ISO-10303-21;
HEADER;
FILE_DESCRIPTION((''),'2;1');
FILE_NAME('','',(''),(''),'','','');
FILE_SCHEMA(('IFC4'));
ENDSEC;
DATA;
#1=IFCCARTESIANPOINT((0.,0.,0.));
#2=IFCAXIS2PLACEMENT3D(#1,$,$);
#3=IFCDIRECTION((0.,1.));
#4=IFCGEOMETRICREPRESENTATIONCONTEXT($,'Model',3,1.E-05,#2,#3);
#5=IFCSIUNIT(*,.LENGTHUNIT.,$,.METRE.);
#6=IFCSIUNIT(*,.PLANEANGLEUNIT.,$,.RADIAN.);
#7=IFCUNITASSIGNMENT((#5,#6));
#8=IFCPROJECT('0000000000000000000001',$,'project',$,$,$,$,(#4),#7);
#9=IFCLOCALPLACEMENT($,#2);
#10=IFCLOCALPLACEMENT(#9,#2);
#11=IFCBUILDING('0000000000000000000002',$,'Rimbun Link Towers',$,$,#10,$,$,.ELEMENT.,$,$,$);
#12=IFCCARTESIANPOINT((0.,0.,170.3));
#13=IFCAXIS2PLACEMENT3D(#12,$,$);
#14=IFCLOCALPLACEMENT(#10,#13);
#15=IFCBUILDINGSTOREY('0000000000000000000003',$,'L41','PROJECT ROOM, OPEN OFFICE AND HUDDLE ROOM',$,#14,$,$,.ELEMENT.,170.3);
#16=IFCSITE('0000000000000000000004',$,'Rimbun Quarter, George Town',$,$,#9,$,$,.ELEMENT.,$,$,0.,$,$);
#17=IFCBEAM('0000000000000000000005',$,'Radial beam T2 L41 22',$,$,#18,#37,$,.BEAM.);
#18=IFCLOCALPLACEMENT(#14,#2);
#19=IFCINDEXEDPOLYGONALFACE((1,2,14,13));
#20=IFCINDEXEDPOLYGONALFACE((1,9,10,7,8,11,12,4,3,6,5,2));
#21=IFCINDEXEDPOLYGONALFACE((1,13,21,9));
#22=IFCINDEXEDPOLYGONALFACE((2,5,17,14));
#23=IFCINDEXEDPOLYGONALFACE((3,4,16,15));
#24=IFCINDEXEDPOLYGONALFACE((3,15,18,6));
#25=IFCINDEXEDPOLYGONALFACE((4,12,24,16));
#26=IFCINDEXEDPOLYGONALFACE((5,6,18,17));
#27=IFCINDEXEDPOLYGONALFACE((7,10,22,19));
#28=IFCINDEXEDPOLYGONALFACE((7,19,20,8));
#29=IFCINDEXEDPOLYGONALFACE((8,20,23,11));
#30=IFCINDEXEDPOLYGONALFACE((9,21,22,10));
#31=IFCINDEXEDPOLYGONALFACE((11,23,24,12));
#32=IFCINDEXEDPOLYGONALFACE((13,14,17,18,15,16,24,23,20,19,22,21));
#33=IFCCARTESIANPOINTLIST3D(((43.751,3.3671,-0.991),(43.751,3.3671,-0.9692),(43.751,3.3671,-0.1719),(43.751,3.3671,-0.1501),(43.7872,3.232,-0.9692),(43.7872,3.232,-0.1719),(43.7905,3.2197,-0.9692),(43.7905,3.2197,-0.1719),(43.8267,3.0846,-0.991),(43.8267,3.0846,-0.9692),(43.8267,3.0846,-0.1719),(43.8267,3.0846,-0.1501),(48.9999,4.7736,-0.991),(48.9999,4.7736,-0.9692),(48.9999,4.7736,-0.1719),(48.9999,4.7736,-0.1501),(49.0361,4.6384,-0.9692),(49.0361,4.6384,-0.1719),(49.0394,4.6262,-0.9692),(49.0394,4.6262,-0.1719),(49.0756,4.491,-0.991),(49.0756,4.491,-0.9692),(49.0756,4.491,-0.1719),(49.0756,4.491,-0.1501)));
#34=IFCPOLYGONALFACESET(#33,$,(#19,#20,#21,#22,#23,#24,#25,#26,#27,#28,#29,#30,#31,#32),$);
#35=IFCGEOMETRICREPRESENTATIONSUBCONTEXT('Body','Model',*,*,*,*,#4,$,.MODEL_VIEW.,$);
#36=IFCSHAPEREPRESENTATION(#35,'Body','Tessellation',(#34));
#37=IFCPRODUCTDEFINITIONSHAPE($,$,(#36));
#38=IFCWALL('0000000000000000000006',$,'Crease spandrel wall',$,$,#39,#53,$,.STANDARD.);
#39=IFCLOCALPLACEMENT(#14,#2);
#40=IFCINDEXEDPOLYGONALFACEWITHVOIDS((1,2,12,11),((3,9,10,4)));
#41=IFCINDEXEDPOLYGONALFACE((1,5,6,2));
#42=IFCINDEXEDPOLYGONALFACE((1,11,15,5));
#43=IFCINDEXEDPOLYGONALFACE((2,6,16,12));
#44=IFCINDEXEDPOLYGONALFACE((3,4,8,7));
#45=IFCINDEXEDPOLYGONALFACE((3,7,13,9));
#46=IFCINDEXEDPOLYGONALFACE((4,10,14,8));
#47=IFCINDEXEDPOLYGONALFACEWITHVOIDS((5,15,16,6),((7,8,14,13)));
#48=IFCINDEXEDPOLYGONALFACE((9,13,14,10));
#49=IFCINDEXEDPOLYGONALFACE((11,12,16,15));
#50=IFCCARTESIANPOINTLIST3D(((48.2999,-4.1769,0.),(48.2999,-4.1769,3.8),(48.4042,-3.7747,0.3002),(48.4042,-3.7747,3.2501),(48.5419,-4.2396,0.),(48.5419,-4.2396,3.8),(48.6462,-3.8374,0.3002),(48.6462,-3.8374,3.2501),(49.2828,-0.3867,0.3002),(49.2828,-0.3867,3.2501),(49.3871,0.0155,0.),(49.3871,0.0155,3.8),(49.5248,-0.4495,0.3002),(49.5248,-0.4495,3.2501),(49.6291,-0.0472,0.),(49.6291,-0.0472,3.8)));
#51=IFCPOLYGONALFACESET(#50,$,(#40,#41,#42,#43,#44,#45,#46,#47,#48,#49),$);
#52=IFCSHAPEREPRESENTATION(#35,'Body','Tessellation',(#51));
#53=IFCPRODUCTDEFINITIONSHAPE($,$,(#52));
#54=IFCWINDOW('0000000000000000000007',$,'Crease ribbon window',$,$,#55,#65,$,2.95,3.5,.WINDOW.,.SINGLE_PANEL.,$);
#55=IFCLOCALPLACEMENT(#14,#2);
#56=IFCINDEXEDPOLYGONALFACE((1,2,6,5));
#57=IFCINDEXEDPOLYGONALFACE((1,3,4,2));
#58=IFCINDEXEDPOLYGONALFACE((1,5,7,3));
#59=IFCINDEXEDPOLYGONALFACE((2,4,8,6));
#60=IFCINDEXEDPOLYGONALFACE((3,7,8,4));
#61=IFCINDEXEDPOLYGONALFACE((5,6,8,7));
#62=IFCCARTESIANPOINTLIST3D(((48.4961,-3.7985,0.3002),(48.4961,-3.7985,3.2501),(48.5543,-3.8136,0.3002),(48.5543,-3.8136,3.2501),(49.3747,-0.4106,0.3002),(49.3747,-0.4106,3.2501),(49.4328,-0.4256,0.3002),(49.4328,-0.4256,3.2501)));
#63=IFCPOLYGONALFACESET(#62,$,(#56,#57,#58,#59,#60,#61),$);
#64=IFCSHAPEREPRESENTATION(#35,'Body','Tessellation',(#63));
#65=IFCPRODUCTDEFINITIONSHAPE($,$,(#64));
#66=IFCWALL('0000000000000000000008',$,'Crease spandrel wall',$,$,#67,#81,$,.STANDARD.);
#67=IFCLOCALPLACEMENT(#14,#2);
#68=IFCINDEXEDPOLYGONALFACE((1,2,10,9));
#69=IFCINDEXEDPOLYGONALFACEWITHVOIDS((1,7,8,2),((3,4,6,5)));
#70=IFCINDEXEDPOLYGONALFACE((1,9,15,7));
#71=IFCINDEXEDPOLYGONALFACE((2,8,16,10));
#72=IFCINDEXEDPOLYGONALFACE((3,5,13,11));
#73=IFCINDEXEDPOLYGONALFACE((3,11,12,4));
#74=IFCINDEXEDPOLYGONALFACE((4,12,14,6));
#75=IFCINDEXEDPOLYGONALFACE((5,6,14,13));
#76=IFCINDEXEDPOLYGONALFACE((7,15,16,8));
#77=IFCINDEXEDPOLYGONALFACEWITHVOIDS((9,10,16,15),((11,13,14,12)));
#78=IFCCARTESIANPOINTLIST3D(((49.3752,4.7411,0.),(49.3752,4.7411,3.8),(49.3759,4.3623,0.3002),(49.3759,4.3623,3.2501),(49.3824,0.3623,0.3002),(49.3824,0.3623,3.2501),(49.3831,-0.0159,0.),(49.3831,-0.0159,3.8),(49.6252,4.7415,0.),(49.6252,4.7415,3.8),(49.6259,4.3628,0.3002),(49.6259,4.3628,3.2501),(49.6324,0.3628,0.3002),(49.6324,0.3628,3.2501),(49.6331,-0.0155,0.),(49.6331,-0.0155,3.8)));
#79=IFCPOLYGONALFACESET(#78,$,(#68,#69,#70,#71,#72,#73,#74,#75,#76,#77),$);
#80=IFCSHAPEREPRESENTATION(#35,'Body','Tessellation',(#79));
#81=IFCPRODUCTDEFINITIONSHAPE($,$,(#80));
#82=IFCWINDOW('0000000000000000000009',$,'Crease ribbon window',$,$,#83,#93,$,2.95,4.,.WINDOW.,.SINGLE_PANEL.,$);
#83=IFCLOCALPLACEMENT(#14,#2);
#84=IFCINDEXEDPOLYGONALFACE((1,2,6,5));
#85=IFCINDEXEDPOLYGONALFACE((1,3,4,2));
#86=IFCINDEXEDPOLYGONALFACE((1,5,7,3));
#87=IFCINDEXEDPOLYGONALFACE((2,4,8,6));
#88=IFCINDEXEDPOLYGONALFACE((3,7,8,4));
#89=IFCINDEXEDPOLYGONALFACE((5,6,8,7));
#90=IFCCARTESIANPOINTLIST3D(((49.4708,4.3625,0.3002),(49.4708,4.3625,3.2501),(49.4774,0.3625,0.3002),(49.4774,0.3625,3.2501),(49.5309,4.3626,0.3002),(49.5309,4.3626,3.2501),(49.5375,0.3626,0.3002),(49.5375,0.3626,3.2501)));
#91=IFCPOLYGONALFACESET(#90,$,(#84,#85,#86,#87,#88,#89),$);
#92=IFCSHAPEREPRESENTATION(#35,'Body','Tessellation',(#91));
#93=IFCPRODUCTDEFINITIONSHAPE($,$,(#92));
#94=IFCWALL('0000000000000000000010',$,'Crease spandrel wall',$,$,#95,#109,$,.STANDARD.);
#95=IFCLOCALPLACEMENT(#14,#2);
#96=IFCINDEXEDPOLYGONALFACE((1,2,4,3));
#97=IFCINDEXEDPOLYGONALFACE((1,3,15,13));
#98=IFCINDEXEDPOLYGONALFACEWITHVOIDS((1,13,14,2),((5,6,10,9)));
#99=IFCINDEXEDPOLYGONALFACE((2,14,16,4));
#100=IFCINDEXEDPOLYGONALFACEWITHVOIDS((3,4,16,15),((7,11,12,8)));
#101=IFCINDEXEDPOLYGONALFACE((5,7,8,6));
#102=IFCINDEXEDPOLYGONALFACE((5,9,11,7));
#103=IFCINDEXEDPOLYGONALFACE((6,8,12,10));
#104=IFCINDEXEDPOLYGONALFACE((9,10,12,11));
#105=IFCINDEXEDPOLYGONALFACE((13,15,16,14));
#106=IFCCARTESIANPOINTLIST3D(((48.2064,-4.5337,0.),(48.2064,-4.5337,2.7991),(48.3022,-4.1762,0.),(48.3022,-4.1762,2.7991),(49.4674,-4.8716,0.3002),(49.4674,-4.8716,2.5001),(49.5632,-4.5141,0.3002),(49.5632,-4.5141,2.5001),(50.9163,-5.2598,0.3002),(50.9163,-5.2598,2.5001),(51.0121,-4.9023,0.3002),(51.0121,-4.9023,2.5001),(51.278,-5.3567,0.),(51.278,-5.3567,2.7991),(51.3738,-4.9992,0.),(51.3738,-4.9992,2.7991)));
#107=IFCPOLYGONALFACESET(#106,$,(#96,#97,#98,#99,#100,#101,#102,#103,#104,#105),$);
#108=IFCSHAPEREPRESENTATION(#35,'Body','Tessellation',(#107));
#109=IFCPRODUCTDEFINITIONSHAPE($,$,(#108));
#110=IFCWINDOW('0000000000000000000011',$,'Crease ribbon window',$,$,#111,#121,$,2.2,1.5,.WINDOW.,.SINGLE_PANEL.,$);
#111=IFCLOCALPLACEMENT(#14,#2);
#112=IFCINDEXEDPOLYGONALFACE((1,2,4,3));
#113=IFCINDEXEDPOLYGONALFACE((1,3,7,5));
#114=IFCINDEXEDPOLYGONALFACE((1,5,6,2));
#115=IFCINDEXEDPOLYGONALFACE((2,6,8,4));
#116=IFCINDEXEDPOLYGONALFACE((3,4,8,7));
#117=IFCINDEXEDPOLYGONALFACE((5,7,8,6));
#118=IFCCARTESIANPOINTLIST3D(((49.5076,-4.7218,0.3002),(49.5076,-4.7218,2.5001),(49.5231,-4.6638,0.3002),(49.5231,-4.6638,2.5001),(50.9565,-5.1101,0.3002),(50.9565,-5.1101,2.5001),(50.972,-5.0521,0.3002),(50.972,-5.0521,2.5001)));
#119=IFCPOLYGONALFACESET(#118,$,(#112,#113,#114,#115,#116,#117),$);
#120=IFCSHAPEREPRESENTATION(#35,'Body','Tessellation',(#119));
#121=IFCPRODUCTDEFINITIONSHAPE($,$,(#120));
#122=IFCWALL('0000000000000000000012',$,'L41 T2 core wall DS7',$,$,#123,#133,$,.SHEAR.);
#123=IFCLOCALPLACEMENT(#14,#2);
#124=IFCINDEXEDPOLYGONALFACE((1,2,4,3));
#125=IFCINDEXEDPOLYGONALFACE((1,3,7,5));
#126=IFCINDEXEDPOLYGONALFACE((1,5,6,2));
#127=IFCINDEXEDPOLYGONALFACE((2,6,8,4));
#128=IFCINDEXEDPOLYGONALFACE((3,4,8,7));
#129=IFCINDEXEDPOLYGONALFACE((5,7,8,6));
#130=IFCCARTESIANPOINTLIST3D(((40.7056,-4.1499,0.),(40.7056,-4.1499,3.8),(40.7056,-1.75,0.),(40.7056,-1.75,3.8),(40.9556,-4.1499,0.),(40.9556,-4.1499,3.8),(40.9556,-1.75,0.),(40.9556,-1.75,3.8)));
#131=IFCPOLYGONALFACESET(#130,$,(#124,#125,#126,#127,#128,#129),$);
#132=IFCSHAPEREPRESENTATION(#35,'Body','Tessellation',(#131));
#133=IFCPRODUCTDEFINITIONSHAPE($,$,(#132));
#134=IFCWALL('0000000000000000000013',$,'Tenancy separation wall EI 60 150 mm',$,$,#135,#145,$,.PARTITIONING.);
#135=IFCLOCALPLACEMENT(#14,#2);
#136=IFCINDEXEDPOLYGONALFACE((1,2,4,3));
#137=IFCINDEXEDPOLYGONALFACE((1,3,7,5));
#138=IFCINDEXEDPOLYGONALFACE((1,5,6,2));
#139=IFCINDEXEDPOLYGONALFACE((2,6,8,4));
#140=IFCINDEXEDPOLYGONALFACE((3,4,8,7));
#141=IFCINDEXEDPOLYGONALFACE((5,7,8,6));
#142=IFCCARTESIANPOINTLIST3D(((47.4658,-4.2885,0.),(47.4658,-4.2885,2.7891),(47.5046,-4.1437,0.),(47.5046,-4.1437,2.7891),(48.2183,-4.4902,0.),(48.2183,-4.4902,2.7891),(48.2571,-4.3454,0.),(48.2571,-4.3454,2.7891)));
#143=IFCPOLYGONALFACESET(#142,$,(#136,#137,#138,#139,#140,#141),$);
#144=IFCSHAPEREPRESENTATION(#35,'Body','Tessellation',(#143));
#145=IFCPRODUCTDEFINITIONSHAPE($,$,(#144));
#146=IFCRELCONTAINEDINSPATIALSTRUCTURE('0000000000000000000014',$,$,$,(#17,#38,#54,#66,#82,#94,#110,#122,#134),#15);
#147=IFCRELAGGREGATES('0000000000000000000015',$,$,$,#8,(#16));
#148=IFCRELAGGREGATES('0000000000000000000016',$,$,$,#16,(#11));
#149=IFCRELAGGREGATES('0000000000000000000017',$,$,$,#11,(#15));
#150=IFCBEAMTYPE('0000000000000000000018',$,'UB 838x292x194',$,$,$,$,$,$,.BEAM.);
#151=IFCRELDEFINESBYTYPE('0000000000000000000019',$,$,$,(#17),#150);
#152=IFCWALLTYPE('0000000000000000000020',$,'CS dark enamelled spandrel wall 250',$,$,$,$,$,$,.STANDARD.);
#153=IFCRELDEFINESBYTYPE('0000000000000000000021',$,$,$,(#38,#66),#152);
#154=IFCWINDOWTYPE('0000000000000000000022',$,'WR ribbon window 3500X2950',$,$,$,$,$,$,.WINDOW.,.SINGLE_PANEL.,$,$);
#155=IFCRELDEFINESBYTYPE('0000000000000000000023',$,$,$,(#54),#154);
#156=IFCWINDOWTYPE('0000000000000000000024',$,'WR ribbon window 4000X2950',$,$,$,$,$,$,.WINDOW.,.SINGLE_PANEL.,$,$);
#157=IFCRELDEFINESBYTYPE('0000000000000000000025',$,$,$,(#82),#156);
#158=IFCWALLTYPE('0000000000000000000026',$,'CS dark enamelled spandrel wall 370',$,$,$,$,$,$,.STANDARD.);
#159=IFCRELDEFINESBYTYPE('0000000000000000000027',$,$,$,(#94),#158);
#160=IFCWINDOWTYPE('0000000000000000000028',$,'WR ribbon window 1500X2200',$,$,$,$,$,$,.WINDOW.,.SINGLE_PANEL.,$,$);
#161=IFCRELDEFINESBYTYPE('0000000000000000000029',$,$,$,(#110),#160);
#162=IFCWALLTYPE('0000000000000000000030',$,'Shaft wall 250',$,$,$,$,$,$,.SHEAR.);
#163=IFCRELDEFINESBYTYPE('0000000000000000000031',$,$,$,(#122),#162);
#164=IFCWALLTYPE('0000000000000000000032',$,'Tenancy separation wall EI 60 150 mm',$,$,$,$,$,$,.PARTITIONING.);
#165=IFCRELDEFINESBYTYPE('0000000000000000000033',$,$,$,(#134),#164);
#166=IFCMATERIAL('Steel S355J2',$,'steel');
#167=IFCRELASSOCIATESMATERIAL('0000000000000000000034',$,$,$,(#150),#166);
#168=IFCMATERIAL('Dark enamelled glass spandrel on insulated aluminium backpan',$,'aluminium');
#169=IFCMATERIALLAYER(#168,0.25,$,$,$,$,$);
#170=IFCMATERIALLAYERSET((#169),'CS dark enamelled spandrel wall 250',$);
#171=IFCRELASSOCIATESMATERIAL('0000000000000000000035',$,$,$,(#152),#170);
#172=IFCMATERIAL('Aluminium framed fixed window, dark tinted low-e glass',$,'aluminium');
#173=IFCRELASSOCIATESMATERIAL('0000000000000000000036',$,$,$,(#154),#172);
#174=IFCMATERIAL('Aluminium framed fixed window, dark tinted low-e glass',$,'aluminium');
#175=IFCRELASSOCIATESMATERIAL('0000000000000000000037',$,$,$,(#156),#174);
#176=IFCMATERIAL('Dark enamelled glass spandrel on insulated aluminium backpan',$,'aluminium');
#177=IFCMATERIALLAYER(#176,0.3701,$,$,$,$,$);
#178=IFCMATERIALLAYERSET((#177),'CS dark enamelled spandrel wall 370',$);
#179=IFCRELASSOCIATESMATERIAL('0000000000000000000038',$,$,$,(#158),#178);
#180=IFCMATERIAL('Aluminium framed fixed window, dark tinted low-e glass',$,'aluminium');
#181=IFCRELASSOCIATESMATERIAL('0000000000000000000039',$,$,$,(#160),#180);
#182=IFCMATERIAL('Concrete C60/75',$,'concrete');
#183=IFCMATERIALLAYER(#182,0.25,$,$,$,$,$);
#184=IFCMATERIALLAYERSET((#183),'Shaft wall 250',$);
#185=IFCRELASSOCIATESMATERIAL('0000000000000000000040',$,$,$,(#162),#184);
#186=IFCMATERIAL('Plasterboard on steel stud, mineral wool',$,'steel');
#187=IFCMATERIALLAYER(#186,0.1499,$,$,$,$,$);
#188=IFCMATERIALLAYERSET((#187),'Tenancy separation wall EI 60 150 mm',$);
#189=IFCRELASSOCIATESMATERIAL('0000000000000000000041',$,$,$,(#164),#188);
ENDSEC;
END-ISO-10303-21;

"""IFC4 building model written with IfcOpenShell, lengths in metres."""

from ifc_helpers import new_model, si_unit, direction, frame, frame_2d, origin, origin_2d, place, context, subcontext, project, spatial, rectangle, i_section, extrude, material, layer, layer_set, material_profile, profile_set, type_object, element, fill, save


model = new_model("IFC4")

# Units and contexts
model_context = context("Model", 3, precision=1e-05, world=origin(), true_north=direction((0.0, 1.0)))
body_context = subcontext(model_context, "Body", "Model", "MODEL_VIEW")
ifc_project = project(units=[si_unit("LENGTHUNIT", "METRE"), si_unit("PLANEANGLEUNIT", "RADIAN")], contexts=[model_context])

# Site, building, storey
site_placement = place(None, origin())
site = spatial("IfcSite", under=ifc_project, at=site_placement, Name="Rimbun Quarter, George Town", CompositionType="ELEMENT", RefElevation=0.0)
building_placement = place(site_placement, origin())
building = spatial("IfcBuilding", under=site, at=building_placement, Name="Rimbun Link Towers", CompositionType="ELEMENT")
storey_placement = place(building_placement, frame((0.0, 0.0, 170.3)))
storey = spatial("IfcBuildingStorey", under=building, at=storey_placement, Name="L41", Description="PROJECT ROOM, OPEN OFFICE AND HUDDLE ROOM", CompositionType="ELEMENT", Elevation=170.3)

# Beam
ifc_material_1 = material(Name="Steel S355J2", Category="steel")
ifc_material_profile_1 = material_profile(ifc_material_1, i_section(OverallWidth=0.2925, OverallDepth=0.8408, WebThickness=0.0127, FlangeThickness=0.0217, at=origin_2d()), Name="UB 838x292x194")
ifc_profile_set_1 = profile_set([ifc_material_profile_1], Name="Steel S355J2")
beam_type_1 = type_object("IfcBeamType", Name="UB 838x292x194", PredefinedType="BEAM", material=ifc_profile_set_1)
beam_1_placement = place(storey_placement, frame((43.7888, 3.2258, -0.5706), z_axis=(0.965925, 0.258823, 0.0), x_axis=(-0.258823, 0.965925, 0.0)))
element("IfcBeam", 1, at=beam_1_placement, inside=storey, type_object=beam_type_1, Name="Radial beam T2 L41 22", PredefinedType="BEAM", context=body_context, shape_type="SweptSolid", body=[
    extrude(i_section(OverallWidth=0.2925, OverallDepth=0.8408, WebThickness=0.0127, FlangeThickness=0.0217, at=origin_2d()), origin(), (0.0, 0.0, 1.0), 5.4341),
])

# Walls, openings, windows
ifc_material_2 = material(Name="Dark enamelled glass spandrel on insulated aluminium backpan", Category="aluminium")
ifc_layer_1 = layer(ifc_material_2, 0.25)
ifc_layer_set_1 = layer_set([ifc_layer_1], Name="CS dark enamelled spandrel wall 250")
wall_type_1 = type_object("IfcWallType", Name="CS dark enamelled spandrel wall 250", PredefinedType="STANDARD", material=ifc_layer_set_1)
wall_1_placement = place(storey_placement, frame((49.5081, -0.0159, 0.0), z_axis=(0.0, 0.0, 1.0), x_axis=(-0.251015, -0.967983, 0.0)))
wall_1 = element("IfcWall", 2, at=wall_1_placement, inside=storey, type_object=wall_type_1, Name="Crease spandrel wall", PredefinedType="STANDARD", context=body_context, shape_type="SweptSolid", body=[
    extrude(rectangle(XDim=4.3311, YDim=0.25, at=frame_2d((2.1655, 0.0))), origin(), (0.0, 0.0, 1.0), 3.8),
])
opening_1_placement = place(wall_1_placement, frame((0.4155, 0.0, 0.3)))
opening_1 = element("IfcOpeningElement", 3, at=opening_1_placement, cuts=wall_1, PredefinedType="OPENING", context=body_context, shape_type="SweptSolid", body=[
    extrude(rectangle(XDim=3.5, YDim=2.95, at=frame_2d((1.75, 1.4751))), frame((0.0, 0.135, 0.0), z_axis=(0.0, -1.0, 0.0), x_axis=(1.0, 0.0, 0.0)), (0.0, 0.0, 1.0), 0.27),
])
ifc_material_3 = material(Name="Aluminium framed fixed window, dark tinted low-e glass", Category="aluminium")
window_type_1 = type_object("IfcWindowType", Name="WR ribbon window 3500X2950", PartitioningType="SINGLE_PANEL", PredefinedType="WINDOW", material=ifc_material_3)
window_1_placement = place(opening_1_placement, origin())
window_1 = element("IfcWindow", 4, at=window_1_placement, inside=storey, type_object=window_type_1, Name="Crease ribbon window", OverallHeight=2.95, OverallWidth=3.5, PartitioningType="SINGLE_PANEL", PredefinedType="WINDOW", context=body_context, shape_type="SweptSolid", body=[
    extrude(rectangle(XDim=3.5, YDim=2.95, at=frame_2d((1.75, 1.4751))), frame((0.0, 0.03, 0.0), z_axis=(0.0, -1.0, 0.0), x_axis=(1.0, 0.0, 0.0)), (0.0, 0.0, 1.0), 0.0601),
])
fill(opening_1, window_1)
wall_2_placement = place(storey_placement, frame((49.5002, 4.7412, 0.0), z_axis=(0.0, 0.0, 1.0), x_axis=(0.001642, -0.999999, 0.0)))
wall_2 = element("IfcWall", 5, at=wall_2_placement, inside=storey, type_object=wall_type_1, Name="Crease spandrel wall", PredefinedType="STANDARD", context=body_context, shape_type="SweptSolid", body=[
    extrude(rectangle(XDim=4.7571, YDim=0.25, at=frame_2d((2.3784, 0.0))), origin(), (0.0, 0.0, 1.0), 3.8),
])
opening_2_placement = place(wall_2_placement, frame((0.3787, 0.0, 0.3)))
opening_2 = element("IfcOpeningElement", 6, at=opening_2_placement, cuts=wall_2, PredefinedType="OPENING", context=body_context, shape_type="SweptSolid", body=[
    extrude(rectangle(XDim=4.0, YDim=2.95, at=frame_2d((2.0, 1.4751))), frame((0.0, 0.135, 0.0), z_axis=(0.0, -1.0, 0.0), x_axis=(1.0, 0.0, 0.0)), (0.0, 0.0, 1.0), 0.27),
])
ifc_material_4 = material(Name="Aluminium framed fixed window, dark tinted low-e glass", Category="aluminium")
window_type_2 = type_object("IfcWindowType", Name="WR ribbon window 4000X2950", PartitioningType="SINGLE_PANEL", PredefinedType="WINDOW", material=ifc_material_4)
window_2_placement = place(opening_2_placement, origin())
window_2 = element("IfcWindow", 7, at=window_2_placement, inside=storey, type_object=window_type_2, Name="Crease ribbon window", OverallHeight=2.95, OverallWidth=4.0, PartitioningType="SINGLE_PANEL", PredefinedType="WINDOW", context=body_context, shape_type="SweptSolid", body=[
    extrude(rectangle(XDim=4.0, YDim=2.95, at=frame_2d((2.0, 1.4751))), frame((0.0, 0.03, 0.0), z_axis=(0.0, -1.0, 0.0), x_axis=(1.0, 0.0, 0.0)), (0.0, 0.0, 1.0), 0.0601),
])
fill(opening_2, window_2)
ifc_material_5 = material(Name="Dark enamelled glass spandrel on insulated aluminium backpan", Category="aluminium")
ifc_layer_2 = layer(ifc_material_5, 0.3701)
ifc_layer_set_2 = layer_set([ifc_layer_2], Name="CS dark enamelled spandrel wall 370")
wall_type_2 = type_object("IfcWallType", Name="CS dark enamelled spandrel wall 370", PredefinedType="STANDARD", material=ifc_layer_set_2)
wall_3_placement = place(storey_placement, frame((48.2544, -4.355, 0.0), z_axis=(0.0, 0.0, 1.0), x_axis=(0.965927, -0.258814, 0.0)))
wall_3 = element("IfcWall", 8, at=wall_3_placement, inside=storey, type_object=wall_type_2, Name="Crease spandrel wall", PredefinedType="STANDARD", context=body_context, shape_type="SweptSolid", body=[
    extrude(rectangle(XDim=3.1799, YDim=0.3701, at=frame_2d((1.5898, 0.0))), origin(), (0.0, 0.0, 1.0), 2.7991),
])
opening_3_placement = place(wall_3_placement, frame((1.3054, 0.0, 0.3)))
opening_3 = element("IfcOpeningElement", 9, at=opening_3_placement, cuts=wall_3, PredefinedType="OPENING", context=body_context, shape_type="SweptSolid", body=[
    extrude(rectangle(XDim=1.5, YDim=2.2, at=frame_2d((0.75, 1.1001))), frame((0.0, 0.1951, 0.0), z_axis=(0.0, -1.0, 0.0), x_axis=(1.0, 0.0, 0.0)), (0.0, 0.0, 1.0), 0.3901),
])
ifc_material_6 = material(Name="Aluminium framed fixed window, dark tinted low-e glass", Category="aluminium")
window_type_3 = type_object("IfcWindowType", Name="WR ribbon window 1500X2200", PartitioningType="SINGLE_PANEL", PredefinedType="WINDOW", material=ifc_material_6)
window_3_placement = place(opening_3_placement, origin())
window_3 = element("IfcWindow", 10, at=window_3_placement, inside=storey, type_object=window_type_3, Name="Crease ribbon window", OverallHeight=2.2, OverallWidth=1.5, PartitioningType="SINGLE_PANEL", PredefinedType="WINDOW", context=body_context, shape_type="SweptSolid", body=[
    extrude(rectangle(XDim=1.5, YDim=2.2, at=frame_2d((0.75, 1.1001))), frame((0.0, 0.03, 0.0), z_axis=(0.0, -1.0, 0.0), x_axis=(1.0, 0.0, 0.0)), (0.0, 0.0, 1.0), 0.0601),
])
fill(opening_3, window_3)

# Walls
ifc_material_7 = material(Name="Concrete C60/75", Category="concrete")
ifc_layer_3 = layer(ifc_material_7, 0.25)
ifc_layer_set_3 = layer_set([ifc_layer_3], Name="Shaft wall 250")
wall_type_3 = type_object("IfcWallType", Name="Shaft wall 250", PredefinedType="SHEAR", material=ifc_layer_set_3)
wall_4_placement = place(storey_placement, frame((40.8306, -4.1499, 0.0), z_axis=(0.0, 0.0, 1.0), x_axis=(0.0, 1.0, 0.0)))
element("IfcWall", 11, at=wall_4_placement, inside=storey, type_object=wall_type_3, Name="L41 T2 core wall DS7", PredefinedType="SHEAR", context=body_context, shape_type="SweptSolid", body=[
    extrude(rectangle(XDim=2.3999, YDim=0.25, at=frame_2d((1.2, 0.0))), origin(), (0.0, 0.0, 1.0), 3.8),
])
ifc_material_8 = material(Name="Plasterboard on steel stud, mineral wool", Category="steel")
ifc_layer_4 = layer(ifc_material_8, 0.1499)
ifc_layer_set_4 = layer_set([ifc_layer_4], Name="Tenancy separation wall EI 60 150 mm")
wall_type_4 = type_object("IfcWallType", Name="Tenancy separation wall EI 60 150 mm", PredefinedType="PARTITIONING", material=ifc_layer_set_4)
wall_5_placement = place(storey_placement, frame((47.4851, -4.2161, 0.0), z_axis=(0.0, 0.0, 1.0), x_axis=(0.965912, -0.258872, 0.0)))
element("IfcWall", 12, at=wall_5_placement, inside=storey, type_object=wall_type_4, Name="Tenancy separation wall EI 60 150 mm", PredefinedType="PARTITIONING", context=body_context, shape_type="SweptSolid", body=[
    extrude(rectangle(XDim=0.7791, YDim=0.1499, at=frame_2d((0.3896, 0.0))), origin(), (0.0, 0.0, 1.0), 2.7891),
])

save(model, "model.ifc")
